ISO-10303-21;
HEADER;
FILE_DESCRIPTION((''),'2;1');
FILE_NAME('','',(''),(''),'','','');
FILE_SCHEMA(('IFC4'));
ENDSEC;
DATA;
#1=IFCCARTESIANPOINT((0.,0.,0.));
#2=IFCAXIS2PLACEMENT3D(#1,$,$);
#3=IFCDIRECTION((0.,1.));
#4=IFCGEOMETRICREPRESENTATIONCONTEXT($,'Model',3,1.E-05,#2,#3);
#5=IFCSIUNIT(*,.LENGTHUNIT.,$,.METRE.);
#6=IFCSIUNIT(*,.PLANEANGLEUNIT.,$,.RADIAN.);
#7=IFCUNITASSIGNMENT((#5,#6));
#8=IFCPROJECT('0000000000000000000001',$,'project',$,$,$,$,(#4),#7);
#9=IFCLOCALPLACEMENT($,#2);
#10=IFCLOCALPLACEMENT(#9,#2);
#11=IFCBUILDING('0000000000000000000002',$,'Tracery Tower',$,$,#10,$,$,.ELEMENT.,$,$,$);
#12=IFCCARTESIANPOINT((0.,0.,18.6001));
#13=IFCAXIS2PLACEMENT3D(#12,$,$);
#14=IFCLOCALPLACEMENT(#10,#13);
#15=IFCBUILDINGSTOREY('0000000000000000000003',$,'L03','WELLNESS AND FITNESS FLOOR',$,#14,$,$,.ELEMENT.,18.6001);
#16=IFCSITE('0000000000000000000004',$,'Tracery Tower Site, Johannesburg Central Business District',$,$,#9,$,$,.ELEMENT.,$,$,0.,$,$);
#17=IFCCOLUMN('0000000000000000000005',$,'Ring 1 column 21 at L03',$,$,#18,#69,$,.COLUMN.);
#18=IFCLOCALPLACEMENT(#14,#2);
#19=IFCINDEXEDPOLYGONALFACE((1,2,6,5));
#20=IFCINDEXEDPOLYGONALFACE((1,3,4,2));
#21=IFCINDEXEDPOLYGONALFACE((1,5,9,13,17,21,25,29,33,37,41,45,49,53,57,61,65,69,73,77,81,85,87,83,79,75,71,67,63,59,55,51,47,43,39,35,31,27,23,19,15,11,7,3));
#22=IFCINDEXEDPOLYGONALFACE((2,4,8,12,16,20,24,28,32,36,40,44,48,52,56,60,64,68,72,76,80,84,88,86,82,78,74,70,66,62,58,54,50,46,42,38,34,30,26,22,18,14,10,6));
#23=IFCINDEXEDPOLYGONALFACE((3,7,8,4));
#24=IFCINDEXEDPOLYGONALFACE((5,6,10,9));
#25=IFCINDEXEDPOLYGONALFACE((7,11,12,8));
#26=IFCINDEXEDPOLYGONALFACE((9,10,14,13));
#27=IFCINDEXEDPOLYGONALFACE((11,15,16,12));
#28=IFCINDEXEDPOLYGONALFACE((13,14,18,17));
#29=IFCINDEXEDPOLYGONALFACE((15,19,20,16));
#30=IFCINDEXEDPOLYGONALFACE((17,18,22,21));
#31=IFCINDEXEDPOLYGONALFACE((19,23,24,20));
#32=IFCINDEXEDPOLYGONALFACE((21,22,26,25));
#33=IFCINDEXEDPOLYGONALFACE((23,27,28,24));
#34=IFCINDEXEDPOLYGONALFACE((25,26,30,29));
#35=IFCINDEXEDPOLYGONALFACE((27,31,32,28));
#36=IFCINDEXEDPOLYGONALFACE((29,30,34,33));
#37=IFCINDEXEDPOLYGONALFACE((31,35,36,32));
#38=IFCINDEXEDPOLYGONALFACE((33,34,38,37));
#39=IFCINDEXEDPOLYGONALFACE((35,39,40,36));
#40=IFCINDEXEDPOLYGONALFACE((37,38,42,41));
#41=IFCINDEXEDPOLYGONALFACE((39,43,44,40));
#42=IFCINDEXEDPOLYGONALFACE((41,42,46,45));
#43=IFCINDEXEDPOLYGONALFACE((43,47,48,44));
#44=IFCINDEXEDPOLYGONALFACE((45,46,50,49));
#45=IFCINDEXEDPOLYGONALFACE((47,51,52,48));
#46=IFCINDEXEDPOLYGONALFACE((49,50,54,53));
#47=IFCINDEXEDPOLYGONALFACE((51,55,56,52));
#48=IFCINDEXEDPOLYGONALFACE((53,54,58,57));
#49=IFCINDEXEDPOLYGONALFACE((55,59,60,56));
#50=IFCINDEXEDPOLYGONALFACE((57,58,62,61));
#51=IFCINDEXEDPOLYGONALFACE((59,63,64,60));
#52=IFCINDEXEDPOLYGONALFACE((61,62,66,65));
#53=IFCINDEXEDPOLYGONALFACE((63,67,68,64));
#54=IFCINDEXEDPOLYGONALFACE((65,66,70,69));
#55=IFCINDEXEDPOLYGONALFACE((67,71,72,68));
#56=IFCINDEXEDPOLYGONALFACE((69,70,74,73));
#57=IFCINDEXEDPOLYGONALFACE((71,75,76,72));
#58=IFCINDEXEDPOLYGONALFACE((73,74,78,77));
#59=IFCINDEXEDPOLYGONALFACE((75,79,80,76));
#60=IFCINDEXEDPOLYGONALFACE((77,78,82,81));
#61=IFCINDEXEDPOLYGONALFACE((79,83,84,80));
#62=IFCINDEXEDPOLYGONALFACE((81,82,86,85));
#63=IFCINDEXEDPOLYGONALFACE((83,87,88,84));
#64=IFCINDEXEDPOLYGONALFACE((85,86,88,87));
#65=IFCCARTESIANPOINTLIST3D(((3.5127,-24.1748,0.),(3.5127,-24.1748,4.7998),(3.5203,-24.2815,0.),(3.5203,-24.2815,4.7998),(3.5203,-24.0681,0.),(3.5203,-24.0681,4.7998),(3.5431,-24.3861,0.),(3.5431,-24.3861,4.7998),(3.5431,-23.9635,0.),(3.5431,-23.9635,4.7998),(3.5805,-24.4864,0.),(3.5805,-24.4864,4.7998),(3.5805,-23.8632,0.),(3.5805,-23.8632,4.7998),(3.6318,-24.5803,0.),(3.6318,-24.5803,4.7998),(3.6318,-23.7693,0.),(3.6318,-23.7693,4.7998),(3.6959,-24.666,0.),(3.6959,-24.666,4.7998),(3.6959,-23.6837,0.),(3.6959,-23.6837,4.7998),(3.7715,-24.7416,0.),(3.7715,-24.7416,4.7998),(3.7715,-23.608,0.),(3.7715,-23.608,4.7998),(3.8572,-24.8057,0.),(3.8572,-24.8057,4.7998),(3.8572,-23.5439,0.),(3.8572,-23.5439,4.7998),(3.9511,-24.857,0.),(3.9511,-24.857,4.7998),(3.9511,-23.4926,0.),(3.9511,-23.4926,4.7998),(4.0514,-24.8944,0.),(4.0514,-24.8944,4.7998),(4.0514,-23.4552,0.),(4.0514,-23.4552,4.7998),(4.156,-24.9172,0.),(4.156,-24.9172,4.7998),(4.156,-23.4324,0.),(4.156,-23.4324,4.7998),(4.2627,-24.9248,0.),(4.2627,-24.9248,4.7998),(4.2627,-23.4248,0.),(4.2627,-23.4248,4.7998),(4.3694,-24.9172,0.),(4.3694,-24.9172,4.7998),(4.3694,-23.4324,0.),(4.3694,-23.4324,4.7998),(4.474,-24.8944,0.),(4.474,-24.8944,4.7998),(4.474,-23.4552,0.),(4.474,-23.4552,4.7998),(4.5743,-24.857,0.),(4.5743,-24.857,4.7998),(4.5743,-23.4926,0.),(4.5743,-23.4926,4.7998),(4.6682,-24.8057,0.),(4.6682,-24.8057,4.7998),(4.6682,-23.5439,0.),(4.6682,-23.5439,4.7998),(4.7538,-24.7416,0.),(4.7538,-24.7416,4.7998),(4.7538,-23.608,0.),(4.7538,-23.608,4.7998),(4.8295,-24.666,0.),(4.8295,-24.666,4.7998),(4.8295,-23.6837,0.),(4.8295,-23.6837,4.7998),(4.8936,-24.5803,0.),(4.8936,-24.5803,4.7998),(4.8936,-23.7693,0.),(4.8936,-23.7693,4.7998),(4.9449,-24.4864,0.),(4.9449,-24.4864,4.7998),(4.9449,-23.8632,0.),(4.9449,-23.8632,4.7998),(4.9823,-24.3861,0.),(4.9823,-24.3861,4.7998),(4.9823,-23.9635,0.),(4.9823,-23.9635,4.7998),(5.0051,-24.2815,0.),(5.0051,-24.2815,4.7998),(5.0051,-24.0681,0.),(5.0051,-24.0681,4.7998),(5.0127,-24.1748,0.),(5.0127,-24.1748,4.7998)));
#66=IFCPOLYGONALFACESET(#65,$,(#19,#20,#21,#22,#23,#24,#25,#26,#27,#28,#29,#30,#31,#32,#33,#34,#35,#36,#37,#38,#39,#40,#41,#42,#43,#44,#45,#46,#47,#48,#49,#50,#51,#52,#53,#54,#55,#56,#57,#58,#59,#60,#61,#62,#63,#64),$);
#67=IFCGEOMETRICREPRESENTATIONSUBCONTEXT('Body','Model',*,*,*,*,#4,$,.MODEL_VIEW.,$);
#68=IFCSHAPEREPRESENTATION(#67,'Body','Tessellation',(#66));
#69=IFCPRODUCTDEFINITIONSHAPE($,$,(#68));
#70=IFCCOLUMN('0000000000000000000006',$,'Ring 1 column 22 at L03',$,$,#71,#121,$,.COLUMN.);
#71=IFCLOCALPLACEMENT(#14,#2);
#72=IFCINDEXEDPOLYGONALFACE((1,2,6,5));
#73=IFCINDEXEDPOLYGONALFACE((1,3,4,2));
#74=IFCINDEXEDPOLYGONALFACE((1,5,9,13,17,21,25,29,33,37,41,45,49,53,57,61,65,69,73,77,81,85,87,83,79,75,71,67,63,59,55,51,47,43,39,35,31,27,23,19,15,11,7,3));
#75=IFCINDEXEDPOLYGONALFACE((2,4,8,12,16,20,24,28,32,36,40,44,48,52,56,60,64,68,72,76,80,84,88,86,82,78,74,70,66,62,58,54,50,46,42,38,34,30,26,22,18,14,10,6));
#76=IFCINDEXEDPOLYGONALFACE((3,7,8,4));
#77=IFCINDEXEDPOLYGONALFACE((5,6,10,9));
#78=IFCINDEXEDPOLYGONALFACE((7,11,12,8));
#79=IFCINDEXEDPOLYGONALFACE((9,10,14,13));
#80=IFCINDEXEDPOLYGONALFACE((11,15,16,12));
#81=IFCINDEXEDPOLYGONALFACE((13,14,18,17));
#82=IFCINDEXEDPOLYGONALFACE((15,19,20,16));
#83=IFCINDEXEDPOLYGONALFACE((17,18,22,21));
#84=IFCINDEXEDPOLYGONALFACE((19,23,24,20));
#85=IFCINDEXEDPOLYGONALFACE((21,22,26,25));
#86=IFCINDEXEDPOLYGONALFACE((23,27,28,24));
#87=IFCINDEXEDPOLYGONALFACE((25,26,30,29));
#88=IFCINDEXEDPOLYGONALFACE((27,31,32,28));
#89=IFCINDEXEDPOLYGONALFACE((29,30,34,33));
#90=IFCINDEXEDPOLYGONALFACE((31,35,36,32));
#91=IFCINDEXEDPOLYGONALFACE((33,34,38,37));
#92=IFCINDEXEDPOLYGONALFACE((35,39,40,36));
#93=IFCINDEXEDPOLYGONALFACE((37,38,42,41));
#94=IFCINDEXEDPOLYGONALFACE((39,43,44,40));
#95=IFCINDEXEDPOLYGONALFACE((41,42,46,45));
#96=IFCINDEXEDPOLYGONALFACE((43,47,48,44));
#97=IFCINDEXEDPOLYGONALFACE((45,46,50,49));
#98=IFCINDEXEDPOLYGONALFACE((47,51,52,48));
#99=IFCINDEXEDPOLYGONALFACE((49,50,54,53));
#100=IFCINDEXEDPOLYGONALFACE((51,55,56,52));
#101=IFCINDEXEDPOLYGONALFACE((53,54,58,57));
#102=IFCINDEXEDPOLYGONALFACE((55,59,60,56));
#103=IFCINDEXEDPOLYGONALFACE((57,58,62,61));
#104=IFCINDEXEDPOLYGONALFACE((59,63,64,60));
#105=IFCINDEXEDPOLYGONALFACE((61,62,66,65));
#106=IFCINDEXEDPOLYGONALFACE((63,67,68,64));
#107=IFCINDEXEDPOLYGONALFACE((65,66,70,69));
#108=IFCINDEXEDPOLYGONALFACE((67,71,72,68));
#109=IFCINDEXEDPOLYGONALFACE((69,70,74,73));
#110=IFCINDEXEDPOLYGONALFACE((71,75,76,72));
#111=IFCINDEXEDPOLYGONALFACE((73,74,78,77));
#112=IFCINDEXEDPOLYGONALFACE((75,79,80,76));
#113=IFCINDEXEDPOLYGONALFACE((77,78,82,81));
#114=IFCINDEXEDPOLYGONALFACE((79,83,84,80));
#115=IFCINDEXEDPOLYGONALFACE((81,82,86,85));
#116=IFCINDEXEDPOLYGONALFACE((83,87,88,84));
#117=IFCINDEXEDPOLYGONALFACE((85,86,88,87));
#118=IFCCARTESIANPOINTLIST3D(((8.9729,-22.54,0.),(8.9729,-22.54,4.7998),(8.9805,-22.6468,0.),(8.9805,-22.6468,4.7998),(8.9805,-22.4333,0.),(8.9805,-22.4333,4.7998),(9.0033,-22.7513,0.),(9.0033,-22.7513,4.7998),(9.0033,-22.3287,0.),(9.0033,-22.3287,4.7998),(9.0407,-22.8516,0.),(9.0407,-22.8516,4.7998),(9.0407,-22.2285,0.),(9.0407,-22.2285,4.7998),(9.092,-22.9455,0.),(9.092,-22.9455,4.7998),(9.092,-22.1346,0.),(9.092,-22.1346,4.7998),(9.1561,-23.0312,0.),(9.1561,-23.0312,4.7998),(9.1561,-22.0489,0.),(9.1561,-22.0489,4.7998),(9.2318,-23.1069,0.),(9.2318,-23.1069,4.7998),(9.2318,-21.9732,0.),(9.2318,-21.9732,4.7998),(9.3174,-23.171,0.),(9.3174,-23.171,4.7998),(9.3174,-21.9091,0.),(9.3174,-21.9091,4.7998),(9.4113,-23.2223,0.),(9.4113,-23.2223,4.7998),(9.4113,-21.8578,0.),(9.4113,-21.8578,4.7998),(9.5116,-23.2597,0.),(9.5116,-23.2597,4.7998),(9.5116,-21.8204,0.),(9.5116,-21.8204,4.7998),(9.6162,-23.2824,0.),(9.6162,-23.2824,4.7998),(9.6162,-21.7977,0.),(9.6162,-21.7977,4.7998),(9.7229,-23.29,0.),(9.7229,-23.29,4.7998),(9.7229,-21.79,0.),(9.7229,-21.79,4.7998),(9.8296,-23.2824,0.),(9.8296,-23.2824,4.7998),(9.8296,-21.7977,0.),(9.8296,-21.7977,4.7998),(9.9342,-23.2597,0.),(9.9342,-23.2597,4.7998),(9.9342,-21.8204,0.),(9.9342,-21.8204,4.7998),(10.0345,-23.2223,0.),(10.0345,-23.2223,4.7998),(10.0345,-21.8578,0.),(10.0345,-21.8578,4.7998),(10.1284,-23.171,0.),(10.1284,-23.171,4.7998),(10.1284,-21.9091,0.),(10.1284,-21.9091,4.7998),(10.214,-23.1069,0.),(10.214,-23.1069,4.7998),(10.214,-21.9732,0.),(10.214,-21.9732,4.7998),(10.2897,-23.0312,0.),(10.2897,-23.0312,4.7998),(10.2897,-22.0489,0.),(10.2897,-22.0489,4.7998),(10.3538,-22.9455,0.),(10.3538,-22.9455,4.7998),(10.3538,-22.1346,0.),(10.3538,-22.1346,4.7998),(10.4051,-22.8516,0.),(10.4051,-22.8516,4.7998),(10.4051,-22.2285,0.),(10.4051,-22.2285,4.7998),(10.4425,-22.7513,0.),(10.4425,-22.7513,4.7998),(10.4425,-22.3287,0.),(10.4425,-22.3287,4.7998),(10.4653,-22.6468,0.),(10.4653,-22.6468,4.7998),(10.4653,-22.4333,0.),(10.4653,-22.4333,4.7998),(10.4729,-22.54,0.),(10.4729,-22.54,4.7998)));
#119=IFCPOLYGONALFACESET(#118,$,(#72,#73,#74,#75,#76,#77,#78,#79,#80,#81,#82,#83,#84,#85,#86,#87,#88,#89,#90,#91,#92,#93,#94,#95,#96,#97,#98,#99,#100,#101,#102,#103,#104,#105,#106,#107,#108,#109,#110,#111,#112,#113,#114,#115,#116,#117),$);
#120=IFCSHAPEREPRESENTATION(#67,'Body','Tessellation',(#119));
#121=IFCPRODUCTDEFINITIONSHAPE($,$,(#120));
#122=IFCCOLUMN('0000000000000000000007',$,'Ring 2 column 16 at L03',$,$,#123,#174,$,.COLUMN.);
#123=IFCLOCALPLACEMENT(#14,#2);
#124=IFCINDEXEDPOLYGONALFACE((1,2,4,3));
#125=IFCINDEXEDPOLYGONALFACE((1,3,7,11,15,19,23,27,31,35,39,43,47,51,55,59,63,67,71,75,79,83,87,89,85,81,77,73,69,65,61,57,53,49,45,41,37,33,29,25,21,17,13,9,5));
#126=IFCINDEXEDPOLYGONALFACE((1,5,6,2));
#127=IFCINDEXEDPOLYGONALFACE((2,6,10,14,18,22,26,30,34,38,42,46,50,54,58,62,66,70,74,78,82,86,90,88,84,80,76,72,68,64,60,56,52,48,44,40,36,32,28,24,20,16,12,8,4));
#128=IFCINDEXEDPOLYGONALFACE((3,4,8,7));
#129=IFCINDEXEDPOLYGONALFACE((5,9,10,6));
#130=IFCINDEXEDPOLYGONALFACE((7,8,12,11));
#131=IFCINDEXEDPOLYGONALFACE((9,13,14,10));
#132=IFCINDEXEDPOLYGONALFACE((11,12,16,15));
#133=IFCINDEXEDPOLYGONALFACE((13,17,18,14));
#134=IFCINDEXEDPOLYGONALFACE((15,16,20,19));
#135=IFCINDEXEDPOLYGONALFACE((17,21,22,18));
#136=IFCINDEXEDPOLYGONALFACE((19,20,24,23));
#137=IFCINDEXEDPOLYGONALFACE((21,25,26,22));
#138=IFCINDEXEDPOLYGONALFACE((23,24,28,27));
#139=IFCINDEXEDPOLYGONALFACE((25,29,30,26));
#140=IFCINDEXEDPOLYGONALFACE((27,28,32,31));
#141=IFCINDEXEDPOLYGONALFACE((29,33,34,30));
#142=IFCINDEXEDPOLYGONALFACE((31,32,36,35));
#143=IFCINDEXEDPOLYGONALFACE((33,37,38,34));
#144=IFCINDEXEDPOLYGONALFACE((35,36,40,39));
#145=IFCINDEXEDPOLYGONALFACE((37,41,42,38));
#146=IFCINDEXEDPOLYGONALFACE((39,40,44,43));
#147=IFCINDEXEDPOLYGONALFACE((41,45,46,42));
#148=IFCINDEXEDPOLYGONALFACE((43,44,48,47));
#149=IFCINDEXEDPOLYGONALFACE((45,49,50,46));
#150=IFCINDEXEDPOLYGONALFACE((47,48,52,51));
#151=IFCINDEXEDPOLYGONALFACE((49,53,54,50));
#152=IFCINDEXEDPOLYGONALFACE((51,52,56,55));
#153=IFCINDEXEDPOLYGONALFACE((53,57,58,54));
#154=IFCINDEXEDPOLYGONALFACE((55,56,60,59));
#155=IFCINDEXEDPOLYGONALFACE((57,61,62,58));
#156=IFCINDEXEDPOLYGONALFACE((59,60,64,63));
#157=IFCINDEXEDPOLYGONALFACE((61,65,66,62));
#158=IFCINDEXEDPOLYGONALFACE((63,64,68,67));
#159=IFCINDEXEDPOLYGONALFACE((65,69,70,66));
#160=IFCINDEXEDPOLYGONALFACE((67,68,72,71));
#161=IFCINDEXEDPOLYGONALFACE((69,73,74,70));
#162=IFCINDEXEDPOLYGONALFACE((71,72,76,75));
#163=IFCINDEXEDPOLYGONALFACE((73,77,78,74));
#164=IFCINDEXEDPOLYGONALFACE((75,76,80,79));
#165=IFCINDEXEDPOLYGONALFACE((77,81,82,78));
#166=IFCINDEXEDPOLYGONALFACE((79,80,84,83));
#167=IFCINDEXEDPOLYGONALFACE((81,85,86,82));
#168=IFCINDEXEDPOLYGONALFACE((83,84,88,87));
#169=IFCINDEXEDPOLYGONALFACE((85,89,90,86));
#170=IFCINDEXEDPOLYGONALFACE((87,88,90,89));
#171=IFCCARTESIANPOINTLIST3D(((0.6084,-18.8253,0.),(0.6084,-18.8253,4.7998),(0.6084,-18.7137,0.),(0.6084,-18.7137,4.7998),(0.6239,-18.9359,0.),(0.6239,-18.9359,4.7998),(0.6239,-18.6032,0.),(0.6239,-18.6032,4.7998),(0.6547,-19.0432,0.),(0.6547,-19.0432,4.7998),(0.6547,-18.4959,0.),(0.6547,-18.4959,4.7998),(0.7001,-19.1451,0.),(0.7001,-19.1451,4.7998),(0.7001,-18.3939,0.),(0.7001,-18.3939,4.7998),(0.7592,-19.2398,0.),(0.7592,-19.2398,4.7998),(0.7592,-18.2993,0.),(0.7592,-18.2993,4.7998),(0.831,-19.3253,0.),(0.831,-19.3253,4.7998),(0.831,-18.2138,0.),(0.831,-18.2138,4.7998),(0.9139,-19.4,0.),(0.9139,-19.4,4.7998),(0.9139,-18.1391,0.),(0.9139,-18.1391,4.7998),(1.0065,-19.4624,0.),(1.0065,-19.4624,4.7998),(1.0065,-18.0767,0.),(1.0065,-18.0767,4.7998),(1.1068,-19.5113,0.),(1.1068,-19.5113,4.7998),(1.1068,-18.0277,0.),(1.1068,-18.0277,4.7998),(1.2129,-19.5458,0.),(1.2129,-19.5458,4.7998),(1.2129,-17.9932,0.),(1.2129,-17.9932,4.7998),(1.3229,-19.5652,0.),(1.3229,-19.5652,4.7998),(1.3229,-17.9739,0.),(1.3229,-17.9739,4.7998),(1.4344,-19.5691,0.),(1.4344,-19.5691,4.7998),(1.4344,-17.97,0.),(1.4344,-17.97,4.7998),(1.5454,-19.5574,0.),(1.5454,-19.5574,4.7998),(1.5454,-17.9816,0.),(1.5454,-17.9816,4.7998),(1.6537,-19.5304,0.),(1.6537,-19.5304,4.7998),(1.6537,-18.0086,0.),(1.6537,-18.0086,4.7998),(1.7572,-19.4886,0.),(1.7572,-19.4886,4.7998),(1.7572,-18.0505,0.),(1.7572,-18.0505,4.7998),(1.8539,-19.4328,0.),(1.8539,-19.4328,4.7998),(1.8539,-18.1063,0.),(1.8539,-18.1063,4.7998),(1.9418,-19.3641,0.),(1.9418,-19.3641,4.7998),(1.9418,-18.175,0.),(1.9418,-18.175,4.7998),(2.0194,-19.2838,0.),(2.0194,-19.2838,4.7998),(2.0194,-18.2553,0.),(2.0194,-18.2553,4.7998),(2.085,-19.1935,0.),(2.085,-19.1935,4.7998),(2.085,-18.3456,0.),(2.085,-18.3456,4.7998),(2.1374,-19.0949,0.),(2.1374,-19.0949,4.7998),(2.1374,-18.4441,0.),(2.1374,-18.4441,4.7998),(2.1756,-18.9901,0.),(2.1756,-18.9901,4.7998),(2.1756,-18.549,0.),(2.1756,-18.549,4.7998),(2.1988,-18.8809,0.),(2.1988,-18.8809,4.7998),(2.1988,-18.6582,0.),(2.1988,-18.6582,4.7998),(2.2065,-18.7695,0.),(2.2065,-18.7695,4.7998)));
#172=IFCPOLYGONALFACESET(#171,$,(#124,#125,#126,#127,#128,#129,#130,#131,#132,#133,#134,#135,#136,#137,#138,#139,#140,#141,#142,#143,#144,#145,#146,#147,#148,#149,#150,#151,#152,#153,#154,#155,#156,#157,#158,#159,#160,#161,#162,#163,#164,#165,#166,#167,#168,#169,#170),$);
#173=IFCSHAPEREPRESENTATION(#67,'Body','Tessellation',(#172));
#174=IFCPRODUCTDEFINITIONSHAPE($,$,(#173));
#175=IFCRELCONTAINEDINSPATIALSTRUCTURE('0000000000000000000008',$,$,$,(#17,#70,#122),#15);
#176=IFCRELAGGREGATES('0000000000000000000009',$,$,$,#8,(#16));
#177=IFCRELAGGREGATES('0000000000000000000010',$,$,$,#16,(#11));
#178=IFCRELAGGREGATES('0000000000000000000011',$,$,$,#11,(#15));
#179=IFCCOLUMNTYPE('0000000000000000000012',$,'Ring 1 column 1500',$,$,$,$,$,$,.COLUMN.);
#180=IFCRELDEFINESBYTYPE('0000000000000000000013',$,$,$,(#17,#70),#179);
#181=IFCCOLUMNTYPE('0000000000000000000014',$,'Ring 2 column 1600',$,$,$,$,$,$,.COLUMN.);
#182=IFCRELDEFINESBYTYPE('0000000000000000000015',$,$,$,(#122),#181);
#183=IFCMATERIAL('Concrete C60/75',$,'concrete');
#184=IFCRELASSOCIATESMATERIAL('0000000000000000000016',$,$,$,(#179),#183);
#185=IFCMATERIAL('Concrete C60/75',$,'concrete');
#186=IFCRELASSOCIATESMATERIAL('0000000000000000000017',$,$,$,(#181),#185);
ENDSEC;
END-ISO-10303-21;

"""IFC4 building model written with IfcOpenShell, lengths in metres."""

from ifc_helpers import new_model, si_unit, direction, frame, origin, origin_2d, place, context, subcontext, project, spatial, circle, extrude, material, material_profile, profile_set, type_object, element, save


model = new_model("IFC4")

# Units and contexts
model_context = context("Model", 3, precision=1e-05, world=origin(), true_north=direction((0.0, 1.0)))
body_context = subcontext(model_context, "Body", "Model", "MODEL_VIEW")
ifc_project = project(units=[si_unit("LENGTHUNIT", "METRE"), si_unit("PLANEANGLEUNIT", "RADIAN")], contexts=[model_context])

# Site, building, storey
site_placement = place(None, origin())
site = spatial("IfcSite", under=ifc_project, at=site_placement, Name="Tracery Tower Site, Johannesburg Central Business District", CompositionType="ELEMENT", RefElevation=0.0)
building_placement = place(site_placement, origin())
building = spatial("IfcBuilding", under=site, at=building_placement, Name="Tracery Tower", CompositionType="ELEMENT")
storey_placement = place(building_placement, frame((0.0, 0.0, 18.6001)))
storey = spatial("IfcBuildingStorey", under=building, at=storey_placement, Name="L03", Description="WELLNESS AND FITNESS FLOOR", CompositionType="ELEMENT", Elevation=18.6001)

# Columns
ifc_material_1 = material(Name="Concrete C60/75", Category="concrete")
ifc_material_profile_1 = material_profile(ifc_material_1, circle(Radius=0.75, at=origin_2d()), Name="RC D1500")
ifc_profile_set_1 = profile_set([ifc_material_profile_1], Name="Concrete C60/75")
column_type_1 = type_object("IfcColumnType", Name="Ring 1 column 1500", PredefinedType="COLUMN", material=ifc_profile_set_1)
for number, where, z_axis, x_axis, name in (
    (1, (4.2627, -24.1748, 0.0), (0.0, 0.0, 1.0), (1.0, 0.0, 0.0), "Ring 1 column 21 at L03"),
    (2, (9.7229, -22.54, 0.0), (0.0, 0.0, 1.0), (1.0, 0.0, 0.0), "Ring 1 column 22 at L03"),
):
    element("IfcColumn", number, at=place(storey_placement, frame(where, z_axis=z_axis, x_axis=x_axis)), inside=storey, type_object=column_type_1, Name=name, PredefinedType="COLUMN", context=body_context, shape_type="SweptSolid", body=[
        extrude(circle(Radius=0.75, at=origin_2d()), origin(), (0.0, 0.0, 1.0), 4.7998),
    ])
ifc_material_2 = material(Name="Concrete C60/75", Category="concrete")
ifc_material_profile_2 = material_profile(ifc_material_2, circle(Radius=0.8, at=origin_2d()), Name="RC D1600")
ifc_profile_set_2 = profile_set([ifc_material_profile_2], Name="Concrete C60/75")
column_type_2 = type_object("IfcColumnType", Name="Ring 2 column 1600", PredefinedType="COLUMN", material=ifc_profile_set_2)
for number, where, z_axis, x_axis, name in (
    (3, (1.4065, -18.7695, 0.0), (0.0, 0.0, 1.0), (1.0, 0.0, 0.0), "Ring 2 column 16 at L03"),
):
    element("IfcColumn", number, at=place(storey_placement, frame(where, z_axis=z_axis, x_axis=x_axis)), inside=storey, type_object=column_type_2, Name=name, PredefinedType="COLUMN", context=body_context, shape_type="SweptSolid", body=[
        extrude(circle(Radius=0.8, at=origin_2d()), origin(), (0.0, 0.0, 1.0), 4.7998),
    ])

save(model, "model.ifc")
